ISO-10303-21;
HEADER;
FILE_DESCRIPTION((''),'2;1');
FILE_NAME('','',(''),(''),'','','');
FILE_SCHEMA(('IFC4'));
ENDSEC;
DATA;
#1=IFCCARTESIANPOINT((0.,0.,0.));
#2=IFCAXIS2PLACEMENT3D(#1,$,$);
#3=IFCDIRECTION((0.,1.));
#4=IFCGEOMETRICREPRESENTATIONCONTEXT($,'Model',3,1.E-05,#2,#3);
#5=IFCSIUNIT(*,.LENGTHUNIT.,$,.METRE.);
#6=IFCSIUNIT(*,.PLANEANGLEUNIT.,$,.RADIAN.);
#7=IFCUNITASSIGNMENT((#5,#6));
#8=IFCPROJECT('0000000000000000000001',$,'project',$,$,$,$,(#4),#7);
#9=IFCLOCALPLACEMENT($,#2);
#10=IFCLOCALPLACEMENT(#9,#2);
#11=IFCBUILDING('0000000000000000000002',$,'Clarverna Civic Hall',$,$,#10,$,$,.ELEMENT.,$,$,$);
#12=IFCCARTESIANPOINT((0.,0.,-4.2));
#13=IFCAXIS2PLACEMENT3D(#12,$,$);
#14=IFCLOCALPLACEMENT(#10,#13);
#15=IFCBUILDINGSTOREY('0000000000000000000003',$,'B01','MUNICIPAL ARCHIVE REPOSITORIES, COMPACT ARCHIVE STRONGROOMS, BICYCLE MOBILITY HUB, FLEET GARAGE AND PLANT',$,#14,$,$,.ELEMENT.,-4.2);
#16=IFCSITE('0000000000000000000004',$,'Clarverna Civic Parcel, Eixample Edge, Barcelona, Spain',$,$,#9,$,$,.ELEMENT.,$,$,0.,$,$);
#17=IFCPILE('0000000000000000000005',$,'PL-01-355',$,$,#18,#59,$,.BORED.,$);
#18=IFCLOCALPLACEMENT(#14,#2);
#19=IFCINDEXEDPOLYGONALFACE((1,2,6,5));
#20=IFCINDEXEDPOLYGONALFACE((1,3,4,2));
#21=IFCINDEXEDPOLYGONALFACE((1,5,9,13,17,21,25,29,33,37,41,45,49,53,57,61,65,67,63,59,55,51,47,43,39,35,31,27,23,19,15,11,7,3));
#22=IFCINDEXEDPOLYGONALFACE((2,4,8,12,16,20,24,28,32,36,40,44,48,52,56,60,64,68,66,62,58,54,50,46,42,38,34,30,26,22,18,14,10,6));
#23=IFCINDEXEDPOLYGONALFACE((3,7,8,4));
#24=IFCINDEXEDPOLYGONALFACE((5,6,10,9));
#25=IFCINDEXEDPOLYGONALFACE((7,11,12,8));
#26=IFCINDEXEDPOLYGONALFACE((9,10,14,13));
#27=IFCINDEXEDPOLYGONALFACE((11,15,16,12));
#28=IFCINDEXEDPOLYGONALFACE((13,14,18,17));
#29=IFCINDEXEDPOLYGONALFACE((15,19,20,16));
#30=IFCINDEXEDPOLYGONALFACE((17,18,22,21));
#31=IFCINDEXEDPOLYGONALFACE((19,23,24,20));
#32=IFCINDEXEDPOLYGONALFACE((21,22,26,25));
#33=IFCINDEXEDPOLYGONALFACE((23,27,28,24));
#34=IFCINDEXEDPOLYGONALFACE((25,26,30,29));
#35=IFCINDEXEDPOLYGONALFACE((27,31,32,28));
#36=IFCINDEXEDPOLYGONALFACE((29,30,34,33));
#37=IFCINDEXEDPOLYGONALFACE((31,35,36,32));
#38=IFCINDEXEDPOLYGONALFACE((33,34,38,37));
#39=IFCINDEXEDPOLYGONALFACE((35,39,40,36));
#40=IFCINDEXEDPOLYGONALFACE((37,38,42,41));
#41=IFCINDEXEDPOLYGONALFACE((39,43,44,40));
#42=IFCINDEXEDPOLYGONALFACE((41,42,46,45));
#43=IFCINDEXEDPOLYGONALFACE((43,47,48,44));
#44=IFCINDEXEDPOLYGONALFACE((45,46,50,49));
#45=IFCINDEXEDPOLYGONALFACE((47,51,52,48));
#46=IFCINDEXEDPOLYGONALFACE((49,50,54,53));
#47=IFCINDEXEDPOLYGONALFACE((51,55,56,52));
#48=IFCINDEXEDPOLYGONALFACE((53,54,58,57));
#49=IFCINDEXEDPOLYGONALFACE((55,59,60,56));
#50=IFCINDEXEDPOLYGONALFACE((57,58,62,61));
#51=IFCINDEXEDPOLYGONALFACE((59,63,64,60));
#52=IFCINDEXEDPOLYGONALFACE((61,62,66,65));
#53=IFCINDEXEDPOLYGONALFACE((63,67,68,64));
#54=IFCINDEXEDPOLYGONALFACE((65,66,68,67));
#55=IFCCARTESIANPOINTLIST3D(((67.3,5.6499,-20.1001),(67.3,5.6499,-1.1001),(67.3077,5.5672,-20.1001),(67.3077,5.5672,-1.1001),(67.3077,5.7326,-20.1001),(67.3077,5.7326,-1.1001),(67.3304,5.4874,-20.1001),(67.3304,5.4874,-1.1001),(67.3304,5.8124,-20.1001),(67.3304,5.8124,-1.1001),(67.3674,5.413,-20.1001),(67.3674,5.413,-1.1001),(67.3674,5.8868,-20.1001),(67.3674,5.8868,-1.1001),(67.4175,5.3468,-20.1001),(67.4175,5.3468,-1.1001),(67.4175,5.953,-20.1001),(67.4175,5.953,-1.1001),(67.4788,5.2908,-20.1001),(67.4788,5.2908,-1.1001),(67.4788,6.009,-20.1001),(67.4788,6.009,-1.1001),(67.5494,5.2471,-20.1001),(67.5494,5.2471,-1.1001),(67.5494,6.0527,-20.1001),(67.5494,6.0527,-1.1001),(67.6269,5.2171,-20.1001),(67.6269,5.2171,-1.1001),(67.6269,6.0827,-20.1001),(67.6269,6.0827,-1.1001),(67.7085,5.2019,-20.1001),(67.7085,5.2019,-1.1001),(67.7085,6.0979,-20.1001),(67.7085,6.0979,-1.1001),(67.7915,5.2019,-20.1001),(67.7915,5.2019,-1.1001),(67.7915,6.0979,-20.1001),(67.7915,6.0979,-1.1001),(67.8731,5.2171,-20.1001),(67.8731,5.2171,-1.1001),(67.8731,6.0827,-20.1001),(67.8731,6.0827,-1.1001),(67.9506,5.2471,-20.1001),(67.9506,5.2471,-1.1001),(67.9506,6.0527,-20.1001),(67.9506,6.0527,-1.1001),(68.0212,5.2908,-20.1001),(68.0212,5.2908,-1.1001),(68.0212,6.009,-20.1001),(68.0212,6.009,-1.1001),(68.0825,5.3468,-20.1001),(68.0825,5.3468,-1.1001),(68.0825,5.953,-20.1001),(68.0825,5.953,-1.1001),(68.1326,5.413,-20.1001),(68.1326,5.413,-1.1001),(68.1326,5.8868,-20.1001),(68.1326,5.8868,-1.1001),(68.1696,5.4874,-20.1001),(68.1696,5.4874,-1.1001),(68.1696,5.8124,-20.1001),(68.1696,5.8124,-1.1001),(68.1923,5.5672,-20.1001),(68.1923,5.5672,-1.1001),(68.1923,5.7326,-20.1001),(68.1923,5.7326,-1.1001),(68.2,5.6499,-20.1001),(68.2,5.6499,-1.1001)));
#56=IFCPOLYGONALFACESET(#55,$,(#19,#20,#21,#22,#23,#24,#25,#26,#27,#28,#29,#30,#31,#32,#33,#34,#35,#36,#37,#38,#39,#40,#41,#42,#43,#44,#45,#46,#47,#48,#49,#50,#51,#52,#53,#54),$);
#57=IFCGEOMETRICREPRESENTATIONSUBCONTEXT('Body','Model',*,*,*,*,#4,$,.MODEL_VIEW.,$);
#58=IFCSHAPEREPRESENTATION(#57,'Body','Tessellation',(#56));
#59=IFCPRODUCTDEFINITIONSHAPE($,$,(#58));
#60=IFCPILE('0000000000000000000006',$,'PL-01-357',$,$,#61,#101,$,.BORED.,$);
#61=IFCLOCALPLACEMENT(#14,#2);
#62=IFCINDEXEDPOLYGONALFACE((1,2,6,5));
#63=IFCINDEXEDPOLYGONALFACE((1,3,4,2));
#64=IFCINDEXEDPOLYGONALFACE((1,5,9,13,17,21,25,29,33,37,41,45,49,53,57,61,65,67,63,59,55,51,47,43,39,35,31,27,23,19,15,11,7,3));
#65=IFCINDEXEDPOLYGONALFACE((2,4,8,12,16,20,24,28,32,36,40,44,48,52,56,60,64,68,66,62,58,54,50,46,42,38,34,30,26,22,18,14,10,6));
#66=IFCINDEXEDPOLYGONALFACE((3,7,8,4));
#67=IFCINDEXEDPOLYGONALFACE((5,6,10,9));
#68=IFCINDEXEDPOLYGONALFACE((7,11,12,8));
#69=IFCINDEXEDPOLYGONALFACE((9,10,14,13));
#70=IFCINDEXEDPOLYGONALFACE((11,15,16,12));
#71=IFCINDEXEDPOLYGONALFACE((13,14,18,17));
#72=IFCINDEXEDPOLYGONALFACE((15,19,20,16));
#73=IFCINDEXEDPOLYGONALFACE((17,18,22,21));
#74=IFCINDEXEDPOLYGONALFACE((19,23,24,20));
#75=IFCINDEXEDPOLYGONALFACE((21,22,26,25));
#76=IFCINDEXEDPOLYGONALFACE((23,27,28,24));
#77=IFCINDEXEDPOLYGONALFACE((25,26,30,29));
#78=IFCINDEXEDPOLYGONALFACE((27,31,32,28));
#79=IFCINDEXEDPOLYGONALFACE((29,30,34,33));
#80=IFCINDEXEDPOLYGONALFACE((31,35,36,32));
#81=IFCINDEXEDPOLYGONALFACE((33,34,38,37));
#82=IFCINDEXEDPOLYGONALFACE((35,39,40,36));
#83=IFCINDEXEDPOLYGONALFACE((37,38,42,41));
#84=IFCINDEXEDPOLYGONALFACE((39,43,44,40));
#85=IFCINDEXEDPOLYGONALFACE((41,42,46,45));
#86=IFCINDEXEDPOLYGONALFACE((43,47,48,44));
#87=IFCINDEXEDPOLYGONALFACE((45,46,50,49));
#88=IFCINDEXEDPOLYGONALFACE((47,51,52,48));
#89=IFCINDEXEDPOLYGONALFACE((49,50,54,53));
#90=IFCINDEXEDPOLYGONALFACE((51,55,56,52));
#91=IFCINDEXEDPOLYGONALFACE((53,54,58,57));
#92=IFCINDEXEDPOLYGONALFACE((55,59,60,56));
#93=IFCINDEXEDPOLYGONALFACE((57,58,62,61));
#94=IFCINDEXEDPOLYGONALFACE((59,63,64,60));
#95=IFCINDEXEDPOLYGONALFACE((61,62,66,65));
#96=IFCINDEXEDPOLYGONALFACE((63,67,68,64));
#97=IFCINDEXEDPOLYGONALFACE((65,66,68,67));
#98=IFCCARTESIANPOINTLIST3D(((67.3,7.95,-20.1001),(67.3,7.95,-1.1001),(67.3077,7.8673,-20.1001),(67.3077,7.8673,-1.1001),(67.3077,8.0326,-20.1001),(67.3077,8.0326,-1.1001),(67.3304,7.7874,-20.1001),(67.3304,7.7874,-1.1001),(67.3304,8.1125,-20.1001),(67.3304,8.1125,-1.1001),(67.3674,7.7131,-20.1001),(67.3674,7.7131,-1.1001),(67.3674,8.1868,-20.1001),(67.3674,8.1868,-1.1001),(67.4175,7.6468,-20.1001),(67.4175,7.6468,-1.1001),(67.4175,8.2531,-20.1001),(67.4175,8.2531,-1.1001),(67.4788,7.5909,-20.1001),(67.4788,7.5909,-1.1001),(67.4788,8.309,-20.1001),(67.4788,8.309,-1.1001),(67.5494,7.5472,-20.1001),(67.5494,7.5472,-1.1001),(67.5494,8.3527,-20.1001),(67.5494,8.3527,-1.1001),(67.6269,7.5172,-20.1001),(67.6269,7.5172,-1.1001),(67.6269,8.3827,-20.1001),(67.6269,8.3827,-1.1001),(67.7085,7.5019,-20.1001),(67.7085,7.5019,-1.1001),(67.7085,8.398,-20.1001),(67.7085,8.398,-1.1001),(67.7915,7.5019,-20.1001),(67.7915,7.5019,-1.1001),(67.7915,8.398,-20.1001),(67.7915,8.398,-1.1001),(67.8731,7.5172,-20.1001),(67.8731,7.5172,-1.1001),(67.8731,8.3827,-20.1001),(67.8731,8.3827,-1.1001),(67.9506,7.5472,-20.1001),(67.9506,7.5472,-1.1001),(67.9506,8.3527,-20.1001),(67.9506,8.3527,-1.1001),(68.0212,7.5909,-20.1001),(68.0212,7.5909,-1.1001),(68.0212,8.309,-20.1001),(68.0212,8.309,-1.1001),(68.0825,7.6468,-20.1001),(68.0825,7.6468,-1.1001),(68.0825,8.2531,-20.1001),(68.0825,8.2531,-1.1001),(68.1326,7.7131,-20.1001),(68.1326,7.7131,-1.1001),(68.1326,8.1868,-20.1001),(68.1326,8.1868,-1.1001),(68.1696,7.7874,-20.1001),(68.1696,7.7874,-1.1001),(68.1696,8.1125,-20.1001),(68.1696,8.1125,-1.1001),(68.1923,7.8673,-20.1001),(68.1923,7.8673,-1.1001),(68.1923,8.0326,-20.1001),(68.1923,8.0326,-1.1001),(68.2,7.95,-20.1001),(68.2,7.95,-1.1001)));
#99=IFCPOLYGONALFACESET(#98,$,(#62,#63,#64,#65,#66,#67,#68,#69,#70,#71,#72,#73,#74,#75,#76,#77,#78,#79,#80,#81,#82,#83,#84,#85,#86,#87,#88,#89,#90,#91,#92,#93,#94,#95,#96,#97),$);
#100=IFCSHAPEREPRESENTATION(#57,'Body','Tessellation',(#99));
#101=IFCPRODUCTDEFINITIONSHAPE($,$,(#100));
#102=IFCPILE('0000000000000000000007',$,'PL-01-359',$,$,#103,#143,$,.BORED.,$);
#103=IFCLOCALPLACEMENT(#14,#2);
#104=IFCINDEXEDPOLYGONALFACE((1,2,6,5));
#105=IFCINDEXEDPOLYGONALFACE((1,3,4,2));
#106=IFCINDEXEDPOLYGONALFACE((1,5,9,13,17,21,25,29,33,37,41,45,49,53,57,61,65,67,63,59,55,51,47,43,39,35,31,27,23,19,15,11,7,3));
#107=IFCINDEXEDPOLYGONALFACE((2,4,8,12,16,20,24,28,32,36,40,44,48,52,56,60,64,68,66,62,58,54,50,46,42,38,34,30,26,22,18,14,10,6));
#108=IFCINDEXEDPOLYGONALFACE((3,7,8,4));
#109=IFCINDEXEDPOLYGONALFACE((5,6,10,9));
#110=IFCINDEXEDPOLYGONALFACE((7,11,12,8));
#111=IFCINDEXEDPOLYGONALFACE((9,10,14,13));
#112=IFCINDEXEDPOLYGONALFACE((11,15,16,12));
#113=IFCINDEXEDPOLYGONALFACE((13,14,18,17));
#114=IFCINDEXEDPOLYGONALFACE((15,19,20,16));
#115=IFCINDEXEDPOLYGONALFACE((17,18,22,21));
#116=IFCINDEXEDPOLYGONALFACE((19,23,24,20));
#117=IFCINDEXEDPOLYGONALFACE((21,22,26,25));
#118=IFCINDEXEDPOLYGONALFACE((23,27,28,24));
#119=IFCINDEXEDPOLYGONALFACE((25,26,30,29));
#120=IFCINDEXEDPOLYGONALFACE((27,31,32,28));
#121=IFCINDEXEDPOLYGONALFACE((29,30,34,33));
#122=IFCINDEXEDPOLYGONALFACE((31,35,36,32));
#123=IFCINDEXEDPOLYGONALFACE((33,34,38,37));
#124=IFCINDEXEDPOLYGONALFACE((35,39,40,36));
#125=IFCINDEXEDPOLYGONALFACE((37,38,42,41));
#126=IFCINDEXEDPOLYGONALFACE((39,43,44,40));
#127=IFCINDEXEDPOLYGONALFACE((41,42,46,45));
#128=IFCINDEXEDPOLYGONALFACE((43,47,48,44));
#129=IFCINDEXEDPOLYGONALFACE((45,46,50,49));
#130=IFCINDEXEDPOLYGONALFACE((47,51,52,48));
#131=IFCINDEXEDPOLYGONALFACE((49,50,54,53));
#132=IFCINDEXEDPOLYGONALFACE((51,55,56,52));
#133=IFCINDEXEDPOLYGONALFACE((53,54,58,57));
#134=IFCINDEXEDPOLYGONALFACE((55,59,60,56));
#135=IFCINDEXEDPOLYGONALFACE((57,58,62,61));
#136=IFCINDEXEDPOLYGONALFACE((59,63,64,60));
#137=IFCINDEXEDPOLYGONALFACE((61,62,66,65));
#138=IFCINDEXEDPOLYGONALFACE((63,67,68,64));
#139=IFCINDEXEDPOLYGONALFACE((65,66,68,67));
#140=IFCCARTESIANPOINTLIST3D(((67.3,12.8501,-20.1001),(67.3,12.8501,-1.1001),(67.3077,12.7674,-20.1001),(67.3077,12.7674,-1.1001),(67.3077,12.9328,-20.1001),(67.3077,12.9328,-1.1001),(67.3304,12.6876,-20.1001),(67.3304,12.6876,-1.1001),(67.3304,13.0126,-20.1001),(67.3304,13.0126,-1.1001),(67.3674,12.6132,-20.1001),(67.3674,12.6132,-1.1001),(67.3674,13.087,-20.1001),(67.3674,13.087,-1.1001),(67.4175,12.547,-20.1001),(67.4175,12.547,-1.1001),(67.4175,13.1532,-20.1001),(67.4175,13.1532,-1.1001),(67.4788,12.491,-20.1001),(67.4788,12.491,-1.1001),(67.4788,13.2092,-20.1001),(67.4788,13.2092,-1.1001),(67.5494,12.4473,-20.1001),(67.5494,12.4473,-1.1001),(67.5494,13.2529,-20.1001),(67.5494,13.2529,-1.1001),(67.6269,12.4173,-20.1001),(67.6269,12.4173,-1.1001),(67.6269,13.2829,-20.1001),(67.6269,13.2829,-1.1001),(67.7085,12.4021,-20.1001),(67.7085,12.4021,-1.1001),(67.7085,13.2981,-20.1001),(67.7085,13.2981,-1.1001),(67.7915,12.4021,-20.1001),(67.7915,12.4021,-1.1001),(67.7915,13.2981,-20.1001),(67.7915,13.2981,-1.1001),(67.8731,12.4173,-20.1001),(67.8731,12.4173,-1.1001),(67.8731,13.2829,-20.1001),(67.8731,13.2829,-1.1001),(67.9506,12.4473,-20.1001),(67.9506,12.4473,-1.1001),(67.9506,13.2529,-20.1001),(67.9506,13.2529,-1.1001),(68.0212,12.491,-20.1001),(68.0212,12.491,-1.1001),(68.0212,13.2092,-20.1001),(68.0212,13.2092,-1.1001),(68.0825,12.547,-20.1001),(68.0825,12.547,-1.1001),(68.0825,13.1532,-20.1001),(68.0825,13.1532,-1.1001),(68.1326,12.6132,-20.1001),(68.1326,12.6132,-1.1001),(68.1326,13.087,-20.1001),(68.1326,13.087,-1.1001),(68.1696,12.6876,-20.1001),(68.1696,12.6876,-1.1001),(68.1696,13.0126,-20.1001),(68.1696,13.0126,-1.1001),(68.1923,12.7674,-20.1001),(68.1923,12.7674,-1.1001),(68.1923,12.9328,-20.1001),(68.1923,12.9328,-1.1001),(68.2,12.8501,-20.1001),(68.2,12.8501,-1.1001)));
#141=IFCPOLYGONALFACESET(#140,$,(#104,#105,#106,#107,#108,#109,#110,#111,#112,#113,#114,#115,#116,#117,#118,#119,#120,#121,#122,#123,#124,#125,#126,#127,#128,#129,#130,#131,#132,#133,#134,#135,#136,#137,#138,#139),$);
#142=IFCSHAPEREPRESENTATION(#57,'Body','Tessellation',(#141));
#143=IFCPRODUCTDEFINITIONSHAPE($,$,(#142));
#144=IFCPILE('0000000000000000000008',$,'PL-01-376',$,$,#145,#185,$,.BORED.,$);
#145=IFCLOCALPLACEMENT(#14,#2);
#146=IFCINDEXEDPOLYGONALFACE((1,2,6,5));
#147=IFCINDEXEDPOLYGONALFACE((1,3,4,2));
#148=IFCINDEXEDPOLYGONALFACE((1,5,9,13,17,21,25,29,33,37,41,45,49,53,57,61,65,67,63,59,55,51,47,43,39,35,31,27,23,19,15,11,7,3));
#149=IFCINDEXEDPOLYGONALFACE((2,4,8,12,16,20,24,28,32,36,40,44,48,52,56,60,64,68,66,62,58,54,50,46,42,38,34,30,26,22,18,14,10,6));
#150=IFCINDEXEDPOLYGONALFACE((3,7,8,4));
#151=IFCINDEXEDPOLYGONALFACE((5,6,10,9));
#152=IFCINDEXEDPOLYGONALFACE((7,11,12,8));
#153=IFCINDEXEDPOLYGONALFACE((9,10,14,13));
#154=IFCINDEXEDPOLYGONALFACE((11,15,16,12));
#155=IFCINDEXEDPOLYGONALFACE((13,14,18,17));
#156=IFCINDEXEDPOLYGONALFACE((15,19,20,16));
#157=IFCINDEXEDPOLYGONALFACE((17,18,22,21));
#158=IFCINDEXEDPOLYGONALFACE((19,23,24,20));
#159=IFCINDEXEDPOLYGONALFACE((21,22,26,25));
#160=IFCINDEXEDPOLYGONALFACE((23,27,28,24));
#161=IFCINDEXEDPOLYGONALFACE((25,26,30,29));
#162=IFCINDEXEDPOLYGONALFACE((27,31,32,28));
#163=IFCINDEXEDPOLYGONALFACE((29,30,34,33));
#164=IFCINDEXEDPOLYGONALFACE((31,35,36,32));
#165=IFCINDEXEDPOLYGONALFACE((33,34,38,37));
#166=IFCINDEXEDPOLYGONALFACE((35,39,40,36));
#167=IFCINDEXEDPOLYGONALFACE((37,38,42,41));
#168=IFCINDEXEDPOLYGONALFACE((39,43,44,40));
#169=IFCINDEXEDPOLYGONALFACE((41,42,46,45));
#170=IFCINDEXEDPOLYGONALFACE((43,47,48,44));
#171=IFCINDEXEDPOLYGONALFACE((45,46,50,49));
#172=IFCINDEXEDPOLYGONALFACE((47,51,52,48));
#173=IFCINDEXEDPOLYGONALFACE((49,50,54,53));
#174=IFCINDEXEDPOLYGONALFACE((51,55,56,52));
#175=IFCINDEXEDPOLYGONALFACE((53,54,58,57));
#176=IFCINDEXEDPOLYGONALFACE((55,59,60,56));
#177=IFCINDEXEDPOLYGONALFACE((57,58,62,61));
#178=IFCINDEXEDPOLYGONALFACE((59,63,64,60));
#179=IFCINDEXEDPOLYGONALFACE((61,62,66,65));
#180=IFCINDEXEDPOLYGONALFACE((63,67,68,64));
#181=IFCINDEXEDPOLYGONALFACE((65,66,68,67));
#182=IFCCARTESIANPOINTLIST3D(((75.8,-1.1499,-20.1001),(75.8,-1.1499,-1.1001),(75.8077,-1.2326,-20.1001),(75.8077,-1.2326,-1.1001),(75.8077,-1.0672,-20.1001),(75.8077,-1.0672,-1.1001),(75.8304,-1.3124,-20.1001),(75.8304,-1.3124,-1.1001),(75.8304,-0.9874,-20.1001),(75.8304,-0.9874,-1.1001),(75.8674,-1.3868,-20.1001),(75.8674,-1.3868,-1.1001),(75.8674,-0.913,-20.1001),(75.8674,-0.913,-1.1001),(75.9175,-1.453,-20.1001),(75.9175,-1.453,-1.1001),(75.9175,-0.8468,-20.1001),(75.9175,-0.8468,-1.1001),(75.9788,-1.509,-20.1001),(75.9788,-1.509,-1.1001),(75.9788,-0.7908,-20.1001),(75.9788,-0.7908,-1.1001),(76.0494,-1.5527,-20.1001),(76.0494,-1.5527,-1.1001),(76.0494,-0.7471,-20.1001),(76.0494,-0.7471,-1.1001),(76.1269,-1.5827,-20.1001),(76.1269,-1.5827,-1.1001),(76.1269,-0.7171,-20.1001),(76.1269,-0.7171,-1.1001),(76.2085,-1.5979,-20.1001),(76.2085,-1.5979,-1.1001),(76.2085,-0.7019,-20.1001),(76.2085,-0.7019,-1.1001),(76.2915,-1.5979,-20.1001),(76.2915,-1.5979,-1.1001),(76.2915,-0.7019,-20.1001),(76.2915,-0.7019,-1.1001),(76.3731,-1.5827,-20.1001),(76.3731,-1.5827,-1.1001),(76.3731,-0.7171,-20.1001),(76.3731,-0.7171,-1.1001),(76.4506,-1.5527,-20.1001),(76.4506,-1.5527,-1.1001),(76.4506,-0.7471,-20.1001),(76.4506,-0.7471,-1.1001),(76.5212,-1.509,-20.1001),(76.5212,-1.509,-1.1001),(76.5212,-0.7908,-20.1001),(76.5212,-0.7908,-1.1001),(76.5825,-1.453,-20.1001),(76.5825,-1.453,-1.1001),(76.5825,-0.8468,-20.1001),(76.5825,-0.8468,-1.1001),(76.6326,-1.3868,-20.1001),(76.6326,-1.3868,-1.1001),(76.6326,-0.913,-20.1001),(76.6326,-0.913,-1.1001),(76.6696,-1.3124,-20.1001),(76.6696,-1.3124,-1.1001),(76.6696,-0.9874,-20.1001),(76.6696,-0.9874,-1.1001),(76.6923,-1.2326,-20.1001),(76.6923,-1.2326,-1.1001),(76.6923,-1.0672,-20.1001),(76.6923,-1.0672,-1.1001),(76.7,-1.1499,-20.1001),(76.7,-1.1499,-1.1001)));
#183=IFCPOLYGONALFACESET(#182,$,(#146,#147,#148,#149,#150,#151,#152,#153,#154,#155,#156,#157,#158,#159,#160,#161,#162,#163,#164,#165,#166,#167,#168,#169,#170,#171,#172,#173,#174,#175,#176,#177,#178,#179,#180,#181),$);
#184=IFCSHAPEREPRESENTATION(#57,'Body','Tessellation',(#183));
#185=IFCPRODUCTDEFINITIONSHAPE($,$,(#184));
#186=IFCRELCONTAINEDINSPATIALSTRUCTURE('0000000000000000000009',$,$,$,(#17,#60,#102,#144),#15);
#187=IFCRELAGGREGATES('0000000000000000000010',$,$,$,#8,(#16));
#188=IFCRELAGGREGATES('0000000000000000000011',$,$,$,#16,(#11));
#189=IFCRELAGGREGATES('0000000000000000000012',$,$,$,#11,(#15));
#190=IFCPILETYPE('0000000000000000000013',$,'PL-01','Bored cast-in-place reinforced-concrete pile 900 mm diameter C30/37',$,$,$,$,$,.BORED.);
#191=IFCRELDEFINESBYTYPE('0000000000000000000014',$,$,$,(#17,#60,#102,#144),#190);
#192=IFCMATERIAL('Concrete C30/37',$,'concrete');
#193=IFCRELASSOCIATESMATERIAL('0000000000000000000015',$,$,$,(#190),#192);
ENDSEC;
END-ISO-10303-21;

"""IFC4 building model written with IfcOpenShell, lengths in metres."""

from ifc_helpers import new_model, si_unit, direction, frame, origin, origin_2d, place, context, subcontext, project, spatial, circle, extrude, material, material_profile, profile_set, type_object, element, save


model = new_model("IFC4")

# Units and contexts
model_context = context("Model", 3, precision=1e-05, world=origin(), true_north=direction((0.0, 1.0)))
body_context = subcontext(model_context, "Body", "Model", "MODEL_VIEW")
ifc_project = project(units=[si_unit("LENGTHUNIT", "METRE"), si_unit("PLANEANGLEUNIT", "RADIAN")], contexts=[model_context])

# Site, building, storey
site_placement = place(None, origin())
site = spatial("IfcSite", under=ifc_project, at=site_placement, Name="Clarverna Civic Parcel, Eixample Edge, Barcelona, Spain", CompositionType="ELEMENT", RefElevation=0.0)
building_placement = place(site_placement, origin())
building = spatial("IfcBuilding", under=site, at=building_placement, Name="Clarverna Civic Hall", CompositionType="ELEMENT")
storey_placement = place(building_placement, frame((0.0, 0.0, -4.2)))
storey = spatial("IfcBuildingStorey", under=building, at=storey_placement, Name="B01", Description="MUNICIPAL ARCHIVE REPOSITORIES, COMPACT ARCHIVE STRONGROOMS, BICYCLE MOBILITY HUB, FLEET GARAGE AND PLANT", CompositionType="ELEMENT", Elevation=-4.2)

# Shared definitions
ifc_material_1 = material(Name="Concrete C30/37", Category="concrete")

# Piles
ifc_material_profile_1 = material_profile(ifc_material_1, circle(Radius=0.45, at=origin_2d()), Name="BORED PILE D900")
ifc_profile_set_1 = profile_set([ifc_material_profile_1], Name="Concrete C30/37")
pile_type = type_object("IfcPileType", Name="PL-01", Description="Bored cast-in-place reinforced-concrete pile 900 mm diameter C30/37", PredefinedType="BORED", material=ifc_profile_set_1)
for number, where, z_axis, x_axis, name in (
    (1, (67.75, 5.6499, -1.1001), (0.0, 0.0, -1.0), (1.0, 0.0, 0.0), "PL-01-355"),
    (2, (67.75, 7.95, -1.1001), (0.0, 0.0, -1.0), (1.0, 0.0, 0.0), "PL-01-357"),
    (3, (67.75, 12.8501, -1.1001), (0.0, 0.0, -1.0), (1.0, 0.0, 0.0), "PL-01-359"),
    (4, (76.25, -1.1499, -1.1001), (0.0, 0.0, -1.0), (1.0, 0.0, 0.0), "PL-01-376"),
):
    element("IfcPile", number, at=place(storey_placement, frame(where, z_axis=z_axis, x_axis=x_axis)), inside=storey, type_object=pile_type, Name=name, PredefinedType="BORED", context=body_context, shape_type="SweptSolid", body=[
        extrude(circle(Radius=0.45, at=origin_2d()), origin(), (0.0, 0.0, 1.0), 19.0),
    ])

save(model, "model.ifc")
